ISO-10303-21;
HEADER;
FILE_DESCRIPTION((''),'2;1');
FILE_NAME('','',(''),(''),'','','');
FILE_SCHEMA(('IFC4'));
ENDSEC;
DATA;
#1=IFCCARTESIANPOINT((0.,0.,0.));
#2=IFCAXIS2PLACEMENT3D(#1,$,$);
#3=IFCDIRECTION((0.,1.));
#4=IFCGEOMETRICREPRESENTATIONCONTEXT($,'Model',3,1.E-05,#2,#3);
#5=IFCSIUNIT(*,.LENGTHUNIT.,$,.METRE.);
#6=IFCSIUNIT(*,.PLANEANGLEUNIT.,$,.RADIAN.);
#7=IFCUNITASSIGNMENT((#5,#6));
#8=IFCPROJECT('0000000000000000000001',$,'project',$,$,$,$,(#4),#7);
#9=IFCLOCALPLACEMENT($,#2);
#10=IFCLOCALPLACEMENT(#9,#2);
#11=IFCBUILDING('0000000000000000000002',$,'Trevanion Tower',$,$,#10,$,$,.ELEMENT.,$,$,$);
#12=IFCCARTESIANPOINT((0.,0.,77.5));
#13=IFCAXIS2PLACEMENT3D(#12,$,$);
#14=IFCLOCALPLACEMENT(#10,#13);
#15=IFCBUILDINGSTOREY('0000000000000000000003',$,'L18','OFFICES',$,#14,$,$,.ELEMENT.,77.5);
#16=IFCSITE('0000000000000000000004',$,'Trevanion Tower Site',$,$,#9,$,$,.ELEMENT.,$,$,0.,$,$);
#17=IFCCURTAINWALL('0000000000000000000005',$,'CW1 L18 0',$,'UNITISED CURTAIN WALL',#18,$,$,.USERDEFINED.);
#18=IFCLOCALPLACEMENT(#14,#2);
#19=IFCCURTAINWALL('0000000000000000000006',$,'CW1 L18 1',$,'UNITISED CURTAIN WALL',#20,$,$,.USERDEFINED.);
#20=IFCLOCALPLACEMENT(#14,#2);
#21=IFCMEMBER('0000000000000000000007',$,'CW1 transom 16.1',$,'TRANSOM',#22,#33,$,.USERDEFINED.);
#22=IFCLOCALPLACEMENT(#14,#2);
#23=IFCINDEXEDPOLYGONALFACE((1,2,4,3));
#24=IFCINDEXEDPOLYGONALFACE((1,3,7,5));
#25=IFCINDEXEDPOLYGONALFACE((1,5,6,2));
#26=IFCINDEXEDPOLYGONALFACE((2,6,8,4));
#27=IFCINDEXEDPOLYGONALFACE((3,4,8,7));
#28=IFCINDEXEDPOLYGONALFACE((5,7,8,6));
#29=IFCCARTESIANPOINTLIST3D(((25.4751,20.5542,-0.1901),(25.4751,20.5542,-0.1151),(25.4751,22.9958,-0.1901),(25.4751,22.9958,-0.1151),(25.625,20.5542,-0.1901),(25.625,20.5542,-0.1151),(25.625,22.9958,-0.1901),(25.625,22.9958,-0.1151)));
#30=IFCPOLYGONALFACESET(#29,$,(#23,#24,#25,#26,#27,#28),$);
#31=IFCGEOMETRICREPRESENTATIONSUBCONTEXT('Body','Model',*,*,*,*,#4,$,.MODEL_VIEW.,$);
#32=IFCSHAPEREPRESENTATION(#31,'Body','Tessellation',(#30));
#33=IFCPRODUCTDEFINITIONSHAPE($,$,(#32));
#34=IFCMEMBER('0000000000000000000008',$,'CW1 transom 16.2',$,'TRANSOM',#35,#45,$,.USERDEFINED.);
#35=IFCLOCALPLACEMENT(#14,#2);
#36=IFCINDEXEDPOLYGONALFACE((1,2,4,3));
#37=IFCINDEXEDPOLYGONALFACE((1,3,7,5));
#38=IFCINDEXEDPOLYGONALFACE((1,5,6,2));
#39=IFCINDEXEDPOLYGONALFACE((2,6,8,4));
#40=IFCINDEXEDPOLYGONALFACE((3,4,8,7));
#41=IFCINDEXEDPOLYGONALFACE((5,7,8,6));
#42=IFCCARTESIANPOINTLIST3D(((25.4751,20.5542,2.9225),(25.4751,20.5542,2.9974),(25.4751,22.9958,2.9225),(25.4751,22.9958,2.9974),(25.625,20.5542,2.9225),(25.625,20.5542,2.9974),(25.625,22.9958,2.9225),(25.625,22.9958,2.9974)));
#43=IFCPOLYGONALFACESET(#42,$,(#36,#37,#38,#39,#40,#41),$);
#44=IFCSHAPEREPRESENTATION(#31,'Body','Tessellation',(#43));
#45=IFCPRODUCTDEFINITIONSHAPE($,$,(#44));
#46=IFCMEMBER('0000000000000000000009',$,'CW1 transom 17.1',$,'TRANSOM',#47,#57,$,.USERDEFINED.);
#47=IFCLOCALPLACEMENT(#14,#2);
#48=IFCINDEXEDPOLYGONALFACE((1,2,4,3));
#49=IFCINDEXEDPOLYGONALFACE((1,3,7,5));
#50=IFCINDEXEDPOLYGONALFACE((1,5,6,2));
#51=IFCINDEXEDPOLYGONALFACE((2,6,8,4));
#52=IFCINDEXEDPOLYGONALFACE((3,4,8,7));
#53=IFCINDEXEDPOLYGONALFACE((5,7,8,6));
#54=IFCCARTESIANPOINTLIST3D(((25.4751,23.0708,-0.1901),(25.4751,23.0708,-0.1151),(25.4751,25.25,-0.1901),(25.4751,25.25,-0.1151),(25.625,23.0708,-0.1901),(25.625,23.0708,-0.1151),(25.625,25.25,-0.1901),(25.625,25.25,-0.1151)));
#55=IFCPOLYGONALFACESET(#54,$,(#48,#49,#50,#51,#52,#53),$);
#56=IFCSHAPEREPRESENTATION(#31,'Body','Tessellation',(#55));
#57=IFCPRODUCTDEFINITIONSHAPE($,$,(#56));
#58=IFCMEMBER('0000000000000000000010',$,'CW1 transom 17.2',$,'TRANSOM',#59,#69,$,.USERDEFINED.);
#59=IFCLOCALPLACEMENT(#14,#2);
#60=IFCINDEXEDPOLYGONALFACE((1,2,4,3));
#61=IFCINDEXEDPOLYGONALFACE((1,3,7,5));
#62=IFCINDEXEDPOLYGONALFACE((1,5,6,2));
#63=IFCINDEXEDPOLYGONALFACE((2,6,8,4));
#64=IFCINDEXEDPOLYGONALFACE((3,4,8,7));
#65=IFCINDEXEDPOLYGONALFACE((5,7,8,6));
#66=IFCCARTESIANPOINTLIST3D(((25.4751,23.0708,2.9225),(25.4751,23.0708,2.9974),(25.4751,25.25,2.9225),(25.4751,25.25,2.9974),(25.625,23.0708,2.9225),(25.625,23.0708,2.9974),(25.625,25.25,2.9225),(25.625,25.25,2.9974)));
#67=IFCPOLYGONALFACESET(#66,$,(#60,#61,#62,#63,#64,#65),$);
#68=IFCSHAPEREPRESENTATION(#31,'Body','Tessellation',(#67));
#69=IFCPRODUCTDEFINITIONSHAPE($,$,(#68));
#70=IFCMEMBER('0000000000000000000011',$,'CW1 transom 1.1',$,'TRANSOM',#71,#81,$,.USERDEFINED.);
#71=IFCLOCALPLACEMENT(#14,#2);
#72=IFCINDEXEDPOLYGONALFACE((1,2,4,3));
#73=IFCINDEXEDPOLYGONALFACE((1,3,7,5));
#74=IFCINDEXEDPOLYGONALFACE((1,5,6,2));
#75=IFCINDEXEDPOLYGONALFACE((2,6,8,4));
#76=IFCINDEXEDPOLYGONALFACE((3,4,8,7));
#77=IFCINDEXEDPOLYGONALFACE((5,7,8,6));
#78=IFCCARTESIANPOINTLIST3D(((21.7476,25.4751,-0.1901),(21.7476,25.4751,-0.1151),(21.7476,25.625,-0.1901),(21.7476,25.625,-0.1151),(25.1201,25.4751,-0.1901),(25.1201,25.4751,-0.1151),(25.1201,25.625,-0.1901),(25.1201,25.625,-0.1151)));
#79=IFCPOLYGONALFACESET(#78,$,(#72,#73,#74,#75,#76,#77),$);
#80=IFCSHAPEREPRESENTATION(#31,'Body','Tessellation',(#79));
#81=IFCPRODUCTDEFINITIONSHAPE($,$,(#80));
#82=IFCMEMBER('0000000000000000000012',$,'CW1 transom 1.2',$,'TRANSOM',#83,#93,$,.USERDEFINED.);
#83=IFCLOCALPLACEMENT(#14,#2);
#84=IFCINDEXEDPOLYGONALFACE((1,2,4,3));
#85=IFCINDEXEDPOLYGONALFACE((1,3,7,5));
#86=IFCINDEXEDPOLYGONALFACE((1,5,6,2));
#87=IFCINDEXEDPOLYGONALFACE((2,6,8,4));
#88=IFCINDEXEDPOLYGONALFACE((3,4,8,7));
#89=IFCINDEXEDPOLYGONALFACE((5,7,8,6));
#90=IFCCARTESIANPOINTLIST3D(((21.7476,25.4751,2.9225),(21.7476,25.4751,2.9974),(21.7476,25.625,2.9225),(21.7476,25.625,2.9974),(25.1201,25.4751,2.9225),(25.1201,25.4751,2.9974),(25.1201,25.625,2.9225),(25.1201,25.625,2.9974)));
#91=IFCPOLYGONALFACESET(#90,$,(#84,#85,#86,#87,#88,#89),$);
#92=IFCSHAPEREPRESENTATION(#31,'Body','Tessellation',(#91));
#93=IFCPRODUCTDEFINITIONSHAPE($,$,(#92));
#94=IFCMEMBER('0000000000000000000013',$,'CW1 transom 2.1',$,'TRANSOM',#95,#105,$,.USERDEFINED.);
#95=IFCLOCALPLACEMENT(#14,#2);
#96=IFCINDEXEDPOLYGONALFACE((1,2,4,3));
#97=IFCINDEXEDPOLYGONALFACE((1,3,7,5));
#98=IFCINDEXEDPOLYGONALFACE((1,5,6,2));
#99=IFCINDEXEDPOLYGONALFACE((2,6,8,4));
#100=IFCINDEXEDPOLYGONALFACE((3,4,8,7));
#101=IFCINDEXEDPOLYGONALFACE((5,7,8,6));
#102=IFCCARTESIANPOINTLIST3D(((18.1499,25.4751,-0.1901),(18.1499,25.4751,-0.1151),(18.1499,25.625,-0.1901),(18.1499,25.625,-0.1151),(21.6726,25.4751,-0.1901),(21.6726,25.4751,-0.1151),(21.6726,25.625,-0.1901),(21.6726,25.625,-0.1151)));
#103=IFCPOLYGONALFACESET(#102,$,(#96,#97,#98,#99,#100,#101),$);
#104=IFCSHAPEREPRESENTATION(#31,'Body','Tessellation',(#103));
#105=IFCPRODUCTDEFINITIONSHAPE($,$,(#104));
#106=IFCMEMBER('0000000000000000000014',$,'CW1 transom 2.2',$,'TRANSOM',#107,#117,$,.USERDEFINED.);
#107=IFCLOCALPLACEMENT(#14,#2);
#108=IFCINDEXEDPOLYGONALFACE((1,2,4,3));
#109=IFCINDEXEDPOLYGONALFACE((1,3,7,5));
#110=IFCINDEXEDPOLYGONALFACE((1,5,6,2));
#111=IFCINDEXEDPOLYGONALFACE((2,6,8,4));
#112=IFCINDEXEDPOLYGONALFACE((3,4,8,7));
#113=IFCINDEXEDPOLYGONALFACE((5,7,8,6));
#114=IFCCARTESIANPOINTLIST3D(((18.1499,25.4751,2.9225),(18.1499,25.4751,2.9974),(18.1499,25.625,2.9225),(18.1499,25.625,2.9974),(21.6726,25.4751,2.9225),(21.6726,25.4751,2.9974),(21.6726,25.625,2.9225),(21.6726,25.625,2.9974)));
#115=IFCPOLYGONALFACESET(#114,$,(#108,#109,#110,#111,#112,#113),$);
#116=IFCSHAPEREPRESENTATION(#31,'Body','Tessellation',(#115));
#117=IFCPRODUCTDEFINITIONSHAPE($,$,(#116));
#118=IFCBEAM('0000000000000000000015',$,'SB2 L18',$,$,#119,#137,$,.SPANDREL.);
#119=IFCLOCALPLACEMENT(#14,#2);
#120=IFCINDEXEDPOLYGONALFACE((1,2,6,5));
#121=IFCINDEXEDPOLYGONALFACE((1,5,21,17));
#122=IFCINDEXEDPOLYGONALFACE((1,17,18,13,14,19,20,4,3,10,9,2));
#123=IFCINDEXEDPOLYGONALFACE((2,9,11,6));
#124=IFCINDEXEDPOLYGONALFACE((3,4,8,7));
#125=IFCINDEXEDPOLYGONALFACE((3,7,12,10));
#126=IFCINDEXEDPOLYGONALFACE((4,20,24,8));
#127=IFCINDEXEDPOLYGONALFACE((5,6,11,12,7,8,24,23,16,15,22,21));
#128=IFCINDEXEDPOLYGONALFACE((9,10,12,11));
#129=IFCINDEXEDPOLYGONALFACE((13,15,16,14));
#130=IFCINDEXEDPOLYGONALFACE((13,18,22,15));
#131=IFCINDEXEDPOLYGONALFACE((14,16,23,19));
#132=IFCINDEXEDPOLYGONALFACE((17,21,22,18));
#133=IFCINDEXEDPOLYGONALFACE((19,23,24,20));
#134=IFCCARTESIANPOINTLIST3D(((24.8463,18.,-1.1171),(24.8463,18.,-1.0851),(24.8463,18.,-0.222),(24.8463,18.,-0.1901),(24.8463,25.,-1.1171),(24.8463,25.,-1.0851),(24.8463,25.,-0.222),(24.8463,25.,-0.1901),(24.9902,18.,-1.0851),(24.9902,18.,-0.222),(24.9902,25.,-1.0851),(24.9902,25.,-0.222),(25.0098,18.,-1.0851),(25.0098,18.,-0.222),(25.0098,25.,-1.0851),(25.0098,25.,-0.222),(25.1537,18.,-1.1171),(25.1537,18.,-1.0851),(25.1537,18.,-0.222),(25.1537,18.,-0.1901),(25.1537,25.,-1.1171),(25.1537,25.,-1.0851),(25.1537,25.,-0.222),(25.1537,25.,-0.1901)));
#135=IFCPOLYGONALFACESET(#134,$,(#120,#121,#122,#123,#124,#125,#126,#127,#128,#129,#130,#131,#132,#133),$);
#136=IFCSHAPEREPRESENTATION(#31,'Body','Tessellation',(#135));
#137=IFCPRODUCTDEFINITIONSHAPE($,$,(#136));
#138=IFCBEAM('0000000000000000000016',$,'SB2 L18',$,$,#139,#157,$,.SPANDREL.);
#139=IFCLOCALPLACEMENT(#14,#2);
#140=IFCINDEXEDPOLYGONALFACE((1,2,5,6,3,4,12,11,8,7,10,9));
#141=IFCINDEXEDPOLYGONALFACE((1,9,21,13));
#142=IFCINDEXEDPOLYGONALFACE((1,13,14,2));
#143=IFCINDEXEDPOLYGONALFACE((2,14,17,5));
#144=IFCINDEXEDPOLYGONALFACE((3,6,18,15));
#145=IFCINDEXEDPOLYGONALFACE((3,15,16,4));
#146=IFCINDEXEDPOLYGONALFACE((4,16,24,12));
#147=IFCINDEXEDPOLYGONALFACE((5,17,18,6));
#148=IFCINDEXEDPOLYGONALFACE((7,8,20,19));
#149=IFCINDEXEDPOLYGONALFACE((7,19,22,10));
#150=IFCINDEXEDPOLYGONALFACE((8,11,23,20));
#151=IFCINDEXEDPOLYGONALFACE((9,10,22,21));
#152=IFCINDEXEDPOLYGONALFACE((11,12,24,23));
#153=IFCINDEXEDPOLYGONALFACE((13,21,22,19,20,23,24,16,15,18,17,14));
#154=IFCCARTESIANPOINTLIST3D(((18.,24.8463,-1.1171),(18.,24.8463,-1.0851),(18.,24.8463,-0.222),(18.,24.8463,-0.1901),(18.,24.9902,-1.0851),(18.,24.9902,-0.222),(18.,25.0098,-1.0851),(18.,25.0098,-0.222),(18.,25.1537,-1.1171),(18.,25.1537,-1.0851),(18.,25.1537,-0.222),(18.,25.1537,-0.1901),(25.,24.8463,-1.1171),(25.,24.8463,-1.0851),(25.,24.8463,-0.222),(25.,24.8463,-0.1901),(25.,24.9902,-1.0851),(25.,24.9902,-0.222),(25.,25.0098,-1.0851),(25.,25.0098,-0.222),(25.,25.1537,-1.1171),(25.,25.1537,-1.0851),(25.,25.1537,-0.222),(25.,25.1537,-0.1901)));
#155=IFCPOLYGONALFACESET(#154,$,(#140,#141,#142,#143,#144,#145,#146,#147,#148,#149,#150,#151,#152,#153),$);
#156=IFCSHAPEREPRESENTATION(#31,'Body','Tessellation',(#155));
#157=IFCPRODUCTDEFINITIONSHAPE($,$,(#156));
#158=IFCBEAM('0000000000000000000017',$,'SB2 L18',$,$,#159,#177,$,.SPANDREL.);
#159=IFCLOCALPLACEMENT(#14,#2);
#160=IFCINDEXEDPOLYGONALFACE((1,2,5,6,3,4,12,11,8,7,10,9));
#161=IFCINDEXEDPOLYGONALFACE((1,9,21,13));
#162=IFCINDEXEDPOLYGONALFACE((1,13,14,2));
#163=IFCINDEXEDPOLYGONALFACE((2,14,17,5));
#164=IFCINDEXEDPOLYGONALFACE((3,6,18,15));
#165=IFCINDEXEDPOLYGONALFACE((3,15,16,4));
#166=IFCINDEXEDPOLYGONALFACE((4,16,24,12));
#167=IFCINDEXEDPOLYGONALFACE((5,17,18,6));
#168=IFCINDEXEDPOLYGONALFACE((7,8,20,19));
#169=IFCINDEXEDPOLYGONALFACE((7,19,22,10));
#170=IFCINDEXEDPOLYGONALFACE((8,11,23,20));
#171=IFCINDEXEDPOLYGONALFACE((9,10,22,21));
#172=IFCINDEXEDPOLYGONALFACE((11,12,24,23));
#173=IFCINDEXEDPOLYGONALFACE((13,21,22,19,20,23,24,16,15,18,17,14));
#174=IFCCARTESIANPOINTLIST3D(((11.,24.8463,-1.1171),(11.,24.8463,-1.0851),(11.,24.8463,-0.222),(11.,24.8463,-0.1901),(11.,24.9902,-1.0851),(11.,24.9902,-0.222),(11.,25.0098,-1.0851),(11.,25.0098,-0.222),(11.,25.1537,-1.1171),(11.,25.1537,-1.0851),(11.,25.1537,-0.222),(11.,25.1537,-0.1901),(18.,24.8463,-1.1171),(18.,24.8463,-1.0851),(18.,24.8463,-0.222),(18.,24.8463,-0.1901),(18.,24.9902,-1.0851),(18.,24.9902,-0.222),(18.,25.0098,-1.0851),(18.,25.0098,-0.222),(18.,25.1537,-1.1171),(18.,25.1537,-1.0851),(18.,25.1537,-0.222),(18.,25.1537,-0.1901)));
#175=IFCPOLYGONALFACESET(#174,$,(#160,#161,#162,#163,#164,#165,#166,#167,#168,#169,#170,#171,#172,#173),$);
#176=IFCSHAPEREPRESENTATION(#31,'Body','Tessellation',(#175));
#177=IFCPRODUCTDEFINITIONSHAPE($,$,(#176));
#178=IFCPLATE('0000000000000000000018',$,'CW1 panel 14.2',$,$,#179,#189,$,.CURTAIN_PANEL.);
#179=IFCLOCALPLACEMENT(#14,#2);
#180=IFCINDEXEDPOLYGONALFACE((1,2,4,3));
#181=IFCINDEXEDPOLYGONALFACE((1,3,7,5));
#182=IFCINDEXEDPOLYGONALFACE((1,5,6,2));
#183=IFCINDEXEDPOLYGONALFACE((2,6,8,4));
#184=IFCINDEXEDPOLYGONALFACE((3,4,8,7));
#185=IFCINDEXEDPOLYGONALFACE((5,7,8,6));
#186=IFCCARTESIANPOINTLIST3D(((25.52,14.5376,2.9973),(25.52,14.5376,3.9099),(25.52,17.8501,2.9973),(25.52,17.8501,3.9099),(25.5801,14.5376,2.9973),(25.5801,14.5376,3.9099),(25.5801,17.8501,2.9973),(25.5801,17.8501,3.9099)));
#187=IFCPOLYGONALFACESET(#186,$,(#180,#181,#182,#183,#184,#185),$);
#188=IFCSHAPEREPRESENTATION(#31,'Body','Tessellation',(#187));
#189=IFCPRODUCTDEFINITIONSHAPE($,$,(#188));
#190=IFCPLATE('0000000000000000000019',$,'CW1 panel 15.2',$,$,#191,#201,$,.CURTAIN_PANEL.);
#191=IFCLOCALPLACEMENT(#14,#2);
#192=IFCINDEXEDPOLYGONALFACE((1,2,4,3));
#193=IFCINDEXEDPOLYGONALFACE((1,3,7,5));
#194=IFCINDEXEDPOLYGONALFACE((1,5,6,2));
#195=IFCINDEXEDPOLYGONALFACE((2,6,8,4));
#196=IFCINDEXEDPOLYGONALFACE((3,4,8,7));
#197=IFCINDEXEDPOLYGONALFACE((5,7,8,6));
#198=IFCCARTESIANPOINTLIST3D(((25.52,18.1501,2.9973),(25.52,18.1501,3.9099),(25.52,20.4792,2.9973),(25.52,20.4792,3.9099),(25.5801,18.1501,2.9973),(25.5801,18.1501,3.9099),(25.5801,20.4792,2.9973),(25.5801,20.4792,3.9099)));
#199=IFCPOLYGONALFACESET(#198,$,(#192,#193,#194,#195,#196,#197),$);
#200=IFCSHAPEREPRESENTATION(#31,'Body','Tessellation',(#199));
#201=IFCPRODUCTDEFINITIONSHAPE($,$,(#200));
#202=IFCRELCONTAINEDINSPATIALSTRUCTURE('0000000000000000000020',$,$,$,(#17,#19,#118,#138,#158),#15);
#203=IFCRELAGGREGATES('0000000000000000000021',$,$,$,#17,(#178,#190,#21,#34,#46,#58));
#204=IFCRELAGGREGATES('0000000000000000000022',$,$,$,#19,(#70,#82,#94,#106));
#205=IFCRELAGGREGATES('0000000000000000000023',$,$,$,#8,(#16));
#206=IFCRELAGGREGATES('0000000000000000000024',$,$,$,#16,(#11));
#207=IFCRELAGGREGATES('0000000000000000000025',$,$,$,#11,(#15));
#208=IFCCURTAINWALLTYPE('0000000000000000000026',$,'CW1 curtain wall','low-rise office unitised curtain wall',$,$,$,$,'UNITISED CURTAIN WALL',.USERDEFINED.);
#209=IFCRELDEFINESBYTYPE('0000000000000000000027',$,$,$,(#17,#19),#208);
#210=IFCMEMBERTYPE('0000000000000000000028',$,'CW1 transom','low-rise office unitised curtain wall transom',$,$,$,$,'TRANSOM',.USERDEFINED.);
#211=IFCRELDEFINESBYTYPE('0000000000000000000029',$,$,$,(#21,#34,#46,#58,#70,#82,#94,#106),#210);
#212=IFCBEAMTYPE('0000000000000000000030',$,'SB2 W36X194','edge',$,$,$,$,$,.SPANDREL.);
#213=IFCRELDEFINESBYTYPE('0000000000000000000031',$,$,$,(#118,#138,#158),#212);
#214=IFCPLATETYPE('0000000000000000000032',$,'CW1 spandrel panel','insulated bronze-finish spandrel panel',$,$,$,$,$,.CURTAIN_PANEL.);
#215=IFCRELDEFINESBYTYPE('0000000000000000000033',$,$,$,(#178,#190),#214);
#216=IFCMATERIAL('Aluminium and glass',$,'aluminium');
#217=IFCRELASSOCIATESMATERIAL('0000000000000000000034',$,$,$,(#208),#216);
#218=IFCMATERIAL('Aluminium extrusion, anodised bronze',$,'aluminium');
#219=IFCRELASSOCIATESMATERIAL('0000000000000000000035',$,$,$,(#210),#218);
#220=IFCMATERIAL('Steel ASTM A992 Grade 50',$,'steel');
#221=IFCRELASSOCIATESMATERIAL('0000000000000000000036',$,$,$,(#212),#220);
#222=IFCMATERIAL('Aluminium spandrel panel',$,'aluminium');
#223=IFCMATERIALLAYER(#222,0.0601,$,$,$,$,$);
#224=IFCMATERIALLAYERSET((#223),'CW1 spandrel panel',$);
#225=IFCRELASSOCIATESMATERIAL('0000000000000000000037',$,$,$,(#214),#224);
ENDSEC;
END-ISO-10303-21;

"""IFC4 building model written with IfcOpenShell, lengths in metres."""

from ifc_helpers import new_model, si_unit, direction, frame, origin, origin_2d, place, context, subcontext, project, spatial, rectangle, i_section, extrude, material, layer, layer_set, material_profile, profile_set, type_object, element, aggregate, save


model = new_model("IFC4")

# Units and contexts
model_context = context("Model", 3, precision=1e-05, world=origin(), true_north=direction((0.0, 1.0)))
body_context = subcontext(model_context, "Body", "Model", "MODEL_VIEW")
ifc_project = project(units=[si_unit("LENGTHUNIT", "METRE"), si_unit("PLANEANGLEUNIT", "RADIAN")], contexts=[model_context])

# Site, building, storey
site_placement = place(None, origin())
site = spatial("IfcSite", under=ifc_project, at=site_placement, Name="Trevanion Tower Site", CompositionType="ELEMENT", RefElevation=0.0)
building_placement = place(site_placement, origin())
building = spatial("IfcBuilding", under=site, at=building_placement, Name="Trevanion Tower", CompositionType="ELEMENT")
storey_placement = place(building_placement, frame((0.0, 0.0, 77.5)))
storey = spatial("IfcBuildingStorey", under=building, at=storey_placement, Name="L18", Description="OFFICES", CompositionType="ELEMENT", Elevation=77.5)

# Curtain wall
ifc_material_1 = material(Name="Aluminium and glass", Category="aluminium")
curtain_wall_type = type_object("IfcCurtainWallType", Name="CW1 curtain wall", Description="low-rise office unitised curtain wall", ElementType="UNITISED CURTAIN WALL", PredefinedType="USERDEFINED", material=ifc_material_1)
curtain_wall_1_placement = place(storey_placement, origin())
curtain_wall_1 = element("IfcCurtainWall", 1, at=curtain_wall_1_placement, inside=storey, type_object=curtain_wall_type, Name="CW1 L18 0", ObjectType="UNITISED CURTAIN WALL", PredefinedType="USERDEFINED")

# Curtain wall
curtain_wall_2_placement = place(storey_placement, origin())
curtain_wall_2 = element("IfcCurtainWall", 2, at=curtain_wall_2_placement, inside=storey, type_object=curtain_wall_type, Name="CW1 L18 1", ObjectType="UNITISED CURTAIN WALL", PredefinedType="USERDEFINED")

# Members
ifc_material_2 = material(Name="Aluminium extrusion, anodised bronze", Category="aluminium")
ifc_material_profile_1 = material_profile(ifc_material_2, rectangle(XDim=0.1499, YDim=0.075, at=origin_2d()), Name="CW1 transom")
ifc_profile_set_1 = profile_set([ifc_material_profile_1], Name="Aluminium extrusion, anodised bronze")
member_type_1 = type_object("IfcMemberType", Name="CW1 transom", Description="low-rise office unitised curtain wall transom", ElementType="TRANSOM", PredefinedType="USERDEFINED", material=ifc_profile_set_1)
member_1_placement = place(storey_placement, frame((25.55, 20.5542, -0.1526), z_axis=(0.0, 1.0, 0.0), x_axis=(-1.0, 0.0, 0.0)))
member_1 = element("IfcMember", 3, at=member_1_placement, type_object=member_type_1, Name="CW1 transom 16.1", ObjectType="TRANSOM", PredefinedType="USERDEFINED", context=body_context, shape_type="SweptSolid", body=[
    extrude(rectangle(XDim=0.1499, YDim=0.075, at=origin_2d()), origin(), (0.0, 0.0, 1.0), 2.4417),
])
member_2_placement = place(storey_placement, frame((25.55, 20.5542, 2.96), z_axis=(0.0, 1.0, 0.0), x_axis=(-1.0, 0.0, 0.0)))
member_2 = element("IfcMember", 4, at=member_2_placement, type_object=member_type_1, Name="CW1 transom 16.2", ObjectType="TRANSOM", PredefinedType="USERDEFINED", context=body_context, shape_type="SweptSolid", body=[
    extrude(rectangle(XDim=0.1499, YDim=0.075, at=origin_2d()), origin(), (0.0, 0.0, 1.0), 2.4417),
])
member_3_placement = place(storey_placement, frame((25.55, 23.0708, -0.1526), z_axis=(0.0, 1.0, 0.0), x_axis=(-1.0, 0.0, 0.0)))
member_3 = element("IfcMember", 5, at=member_3_placement, type_object=member_type_1, Name="CW1 transom 17.1", ObjectType="TRANSOM", PredefinedType="USERDEFINED", context=body_context, shape_type="SweptSolid", body=[
    extrude(rectangle(XDim=0.1499, YDim=0.075, at=origin_2d()), origin(), (0.0, 0.0, 1.0), 2.1792),
])
member_4_placement = place(storey_placement, frame((25.55, 23.0708, 2.96), z_axis=(0.0, 1.0, 0.0), x_axis=(-1.0, 0.0, 0.0)))
member_4 = element("IfcMember", 6, at=member_4_placement, type_object=member_type_1, Name="CW1 transom 17.2", ObjectType="TRANSOM", PredefinedType="USERDEFINED", context=body_context, shape_type="SweptSolid", body=[
    extrude(rectangle(XDim=0.1499, YDim=0.075, at=origin_2d()), origin(), (0.0, 0.0, 1.0), 2.1792),
])
member_5_placement = place(storey_placement, frame((25.1201, 25.55, -0.1526), z_axis=(-1.0, 0.0, 0.0), x_axis=(0.0, -1.0, 0.0)))
member_5 = element("IfcMember", 7, at=member_5_placement, type_object=member_type_1, Name="CW1 transom 1.1", ObjectType="TRANSOM", PredefinedType="USERDEFINED", context=body_context, shape_type="SweptSolid", body=[
    extrude(rectangle(XDim=0.1499, YDim=0.075, at=origin_2d()), origin(), (0.0, 0.0, 1.0), 3.3726),
])
member_6_placement = place(storey_placement, frame((25.1201, 25.55, 2.96), z_axis=(-1.0, 0.0, 0.0), x_axis=(0.0, -1.0, 0.0)))
member_6 = element("IfcMember", 8, at=member_6_placement, type_object=member_type_1, Name="CW1 transom 1.2", ObjectType="TRANSOM", PredefinedType="USERDEFINED", context=body_context, shape_type="SweptSolid", body=[
    extrude(rectangle(XDim=0.1499, YDim=0.075, at=origin_2d()), origin(), (0.0, 0.0, 1.0), 3.3726),
])
member_7_placement = place(storey_placement, frame((21.6726, 25.55, -0.1526), z_axis=(-1.0, 0.0, 0.0), x_axis=(0.0, -1.0, 0.0)))
member_7 = element("IfcMember", 9, at=member_7_placement, type_object=member_type_1, Name="CW1 transom 2.1", ObjectType="TRANSOM", PredefinedType="USERDEFINED", context=body_context, shape_type="SweptSolid", body=[
    extrude(rectangle(XDim=0.1499, YDim=0.075, at=origin_2d()), origin(), (0.0, 0.0, 1.0), 3.5227),
])
member_8_placement = place(storey_placement, frame((21.6726, 25.55, 2.96), z_axis=(-1.0, 0.0, 0.0), x_axis=(0.0, -1.0, 0.0)))
member_8 = element("IfcMember", 10, at=member_8_placement, type_object=member_type_1, Name="CW1 transom 2.2", ObjectType="TRANSOM", PredefinedType="USERDEFINED", context=body_context, shape_type="SweptSolid", body=[
    extrude(rectangle(XDim=0.1499, YDim=0.075, at=origin_2d()), origin(), (0.0, 0.0, 1.0), 3.5227),
])

# Beams
ifc_material_3 = material(Name="Steel ASTM A992 Grade 50", Category="steel")
ifc_material_profile_2 = material_profile(ifc_material_3, i_section(OverallWidth=0.3074, OverallDepth=0.927, WebThickness=0.0195, FlangeThickness=0.032, at=origin_2d()), Name="W36X194")
ifc_profile_set_2 = profile_set([ifc_material_profile_2], Name="Steel ASTM A992 Grade 50")
beam_type = type_object("IfcBeamType", Name="SB2 W36X194", Description="edge", PredefinedType="SPANDREL", material=ifc_profile_set_2)
for number, where, z_axis, x_axis, name in (
    (11, (25.0, 18.0, -0.6536), (0.0, 1.0, 0.0), (-1.0, 0.0, 0.0), "SB2 L18"),
    (12, (25.0, 25.0, -0.6536), (-1.0, 0.0, 0.0), (0.0, -1.0, 0.0), "SB2 L18"),
    (13, (18.0, 25.0, -0.6536), (-1.0, 0.0, 0.0), (0.0, -1.0, 0.0), "SB2 L18"),
):
    element("IfcBeam", number, at=place(storey_placement, frame(where, z_axis=z_axis, x_axis=x_axis)), inside=storey, type_object=beam_type, Name=name, PredefinedType="SPANDREL", context=body_context, shape_type="SweptSolid", body=[
        extrude(i_section(OverallWidth=0.3074, OverallDepth=0.927, WebThickness=0.0195, FlangeThickness=0.032, at=origin_2d()), origin(), (0.0, 0.0, 1.0), 7.0),
    ])

# Plates
ifc_material_4 = material(Name="Aluminium spandrel panel", Category="aluminium")
ifc_layer_1 = layer(ifc_material_4, 0.0601)
ifc_layer_set_1 = layer_set([ifc_layer_1], Name="CW1 spandrel panel")
plate_type_1 = type_object("IfcPlateType", Name="CW1 spandrel panel", Description="insulated bronze-finish spandrel panel", PredefinedType="CURTAIN_PANEL", material=ifc_layer_set_1)
plate_1_placement = place(storey_placement, frame((25.55, 16.1938, 2.9973), z_axis=(0.0, 0.0, 1.0), x_axis=(0.0, 1.0, 0.0)))
plate_1 = element("IfcPlate", 14, at=plate_1_placement, type_object=plate_type_1, Name="CW1 panel 14.2", PredefinedType="CURTAIN_PANEL", context=body_context, shape_type="SweptSolid", body=[
    extrude(rectangle(XDim=3.3125, YDim=0.0601, at=origin_2d()), origin(), (0.0, 0.0, 1.0), 0.9126),
])
plate_2_placement = place(storey_placement, frame((25.55, 19.3147, 2.9973), z_axis=(0.0, 0.0, 1.0), x_axis=(0.0, 1.0, 0.0)))
plate_2 = element("IfcPlate", 15, at=plate_2_placement, type_object=plate_type_1, Name="CW1 panel 15.2", PredefinedType="CURTAIN_PANEL", context=body_context, shape_type="SweptSolid", body=[
    extrude(rectangle(XDim=2.3291, YDim=0.0601, at=origin_2d()), origin(), (0.0, 0.0, 1.0), 0.9126),
])
aggregate(curtain_wall_1, [plate_1, plate_2, member_1, member_2, member_3, member_4])
aggregate(curtain_wall_2, [member_5, member_6, member_7, member_8])

save(model, "model.ifc")
